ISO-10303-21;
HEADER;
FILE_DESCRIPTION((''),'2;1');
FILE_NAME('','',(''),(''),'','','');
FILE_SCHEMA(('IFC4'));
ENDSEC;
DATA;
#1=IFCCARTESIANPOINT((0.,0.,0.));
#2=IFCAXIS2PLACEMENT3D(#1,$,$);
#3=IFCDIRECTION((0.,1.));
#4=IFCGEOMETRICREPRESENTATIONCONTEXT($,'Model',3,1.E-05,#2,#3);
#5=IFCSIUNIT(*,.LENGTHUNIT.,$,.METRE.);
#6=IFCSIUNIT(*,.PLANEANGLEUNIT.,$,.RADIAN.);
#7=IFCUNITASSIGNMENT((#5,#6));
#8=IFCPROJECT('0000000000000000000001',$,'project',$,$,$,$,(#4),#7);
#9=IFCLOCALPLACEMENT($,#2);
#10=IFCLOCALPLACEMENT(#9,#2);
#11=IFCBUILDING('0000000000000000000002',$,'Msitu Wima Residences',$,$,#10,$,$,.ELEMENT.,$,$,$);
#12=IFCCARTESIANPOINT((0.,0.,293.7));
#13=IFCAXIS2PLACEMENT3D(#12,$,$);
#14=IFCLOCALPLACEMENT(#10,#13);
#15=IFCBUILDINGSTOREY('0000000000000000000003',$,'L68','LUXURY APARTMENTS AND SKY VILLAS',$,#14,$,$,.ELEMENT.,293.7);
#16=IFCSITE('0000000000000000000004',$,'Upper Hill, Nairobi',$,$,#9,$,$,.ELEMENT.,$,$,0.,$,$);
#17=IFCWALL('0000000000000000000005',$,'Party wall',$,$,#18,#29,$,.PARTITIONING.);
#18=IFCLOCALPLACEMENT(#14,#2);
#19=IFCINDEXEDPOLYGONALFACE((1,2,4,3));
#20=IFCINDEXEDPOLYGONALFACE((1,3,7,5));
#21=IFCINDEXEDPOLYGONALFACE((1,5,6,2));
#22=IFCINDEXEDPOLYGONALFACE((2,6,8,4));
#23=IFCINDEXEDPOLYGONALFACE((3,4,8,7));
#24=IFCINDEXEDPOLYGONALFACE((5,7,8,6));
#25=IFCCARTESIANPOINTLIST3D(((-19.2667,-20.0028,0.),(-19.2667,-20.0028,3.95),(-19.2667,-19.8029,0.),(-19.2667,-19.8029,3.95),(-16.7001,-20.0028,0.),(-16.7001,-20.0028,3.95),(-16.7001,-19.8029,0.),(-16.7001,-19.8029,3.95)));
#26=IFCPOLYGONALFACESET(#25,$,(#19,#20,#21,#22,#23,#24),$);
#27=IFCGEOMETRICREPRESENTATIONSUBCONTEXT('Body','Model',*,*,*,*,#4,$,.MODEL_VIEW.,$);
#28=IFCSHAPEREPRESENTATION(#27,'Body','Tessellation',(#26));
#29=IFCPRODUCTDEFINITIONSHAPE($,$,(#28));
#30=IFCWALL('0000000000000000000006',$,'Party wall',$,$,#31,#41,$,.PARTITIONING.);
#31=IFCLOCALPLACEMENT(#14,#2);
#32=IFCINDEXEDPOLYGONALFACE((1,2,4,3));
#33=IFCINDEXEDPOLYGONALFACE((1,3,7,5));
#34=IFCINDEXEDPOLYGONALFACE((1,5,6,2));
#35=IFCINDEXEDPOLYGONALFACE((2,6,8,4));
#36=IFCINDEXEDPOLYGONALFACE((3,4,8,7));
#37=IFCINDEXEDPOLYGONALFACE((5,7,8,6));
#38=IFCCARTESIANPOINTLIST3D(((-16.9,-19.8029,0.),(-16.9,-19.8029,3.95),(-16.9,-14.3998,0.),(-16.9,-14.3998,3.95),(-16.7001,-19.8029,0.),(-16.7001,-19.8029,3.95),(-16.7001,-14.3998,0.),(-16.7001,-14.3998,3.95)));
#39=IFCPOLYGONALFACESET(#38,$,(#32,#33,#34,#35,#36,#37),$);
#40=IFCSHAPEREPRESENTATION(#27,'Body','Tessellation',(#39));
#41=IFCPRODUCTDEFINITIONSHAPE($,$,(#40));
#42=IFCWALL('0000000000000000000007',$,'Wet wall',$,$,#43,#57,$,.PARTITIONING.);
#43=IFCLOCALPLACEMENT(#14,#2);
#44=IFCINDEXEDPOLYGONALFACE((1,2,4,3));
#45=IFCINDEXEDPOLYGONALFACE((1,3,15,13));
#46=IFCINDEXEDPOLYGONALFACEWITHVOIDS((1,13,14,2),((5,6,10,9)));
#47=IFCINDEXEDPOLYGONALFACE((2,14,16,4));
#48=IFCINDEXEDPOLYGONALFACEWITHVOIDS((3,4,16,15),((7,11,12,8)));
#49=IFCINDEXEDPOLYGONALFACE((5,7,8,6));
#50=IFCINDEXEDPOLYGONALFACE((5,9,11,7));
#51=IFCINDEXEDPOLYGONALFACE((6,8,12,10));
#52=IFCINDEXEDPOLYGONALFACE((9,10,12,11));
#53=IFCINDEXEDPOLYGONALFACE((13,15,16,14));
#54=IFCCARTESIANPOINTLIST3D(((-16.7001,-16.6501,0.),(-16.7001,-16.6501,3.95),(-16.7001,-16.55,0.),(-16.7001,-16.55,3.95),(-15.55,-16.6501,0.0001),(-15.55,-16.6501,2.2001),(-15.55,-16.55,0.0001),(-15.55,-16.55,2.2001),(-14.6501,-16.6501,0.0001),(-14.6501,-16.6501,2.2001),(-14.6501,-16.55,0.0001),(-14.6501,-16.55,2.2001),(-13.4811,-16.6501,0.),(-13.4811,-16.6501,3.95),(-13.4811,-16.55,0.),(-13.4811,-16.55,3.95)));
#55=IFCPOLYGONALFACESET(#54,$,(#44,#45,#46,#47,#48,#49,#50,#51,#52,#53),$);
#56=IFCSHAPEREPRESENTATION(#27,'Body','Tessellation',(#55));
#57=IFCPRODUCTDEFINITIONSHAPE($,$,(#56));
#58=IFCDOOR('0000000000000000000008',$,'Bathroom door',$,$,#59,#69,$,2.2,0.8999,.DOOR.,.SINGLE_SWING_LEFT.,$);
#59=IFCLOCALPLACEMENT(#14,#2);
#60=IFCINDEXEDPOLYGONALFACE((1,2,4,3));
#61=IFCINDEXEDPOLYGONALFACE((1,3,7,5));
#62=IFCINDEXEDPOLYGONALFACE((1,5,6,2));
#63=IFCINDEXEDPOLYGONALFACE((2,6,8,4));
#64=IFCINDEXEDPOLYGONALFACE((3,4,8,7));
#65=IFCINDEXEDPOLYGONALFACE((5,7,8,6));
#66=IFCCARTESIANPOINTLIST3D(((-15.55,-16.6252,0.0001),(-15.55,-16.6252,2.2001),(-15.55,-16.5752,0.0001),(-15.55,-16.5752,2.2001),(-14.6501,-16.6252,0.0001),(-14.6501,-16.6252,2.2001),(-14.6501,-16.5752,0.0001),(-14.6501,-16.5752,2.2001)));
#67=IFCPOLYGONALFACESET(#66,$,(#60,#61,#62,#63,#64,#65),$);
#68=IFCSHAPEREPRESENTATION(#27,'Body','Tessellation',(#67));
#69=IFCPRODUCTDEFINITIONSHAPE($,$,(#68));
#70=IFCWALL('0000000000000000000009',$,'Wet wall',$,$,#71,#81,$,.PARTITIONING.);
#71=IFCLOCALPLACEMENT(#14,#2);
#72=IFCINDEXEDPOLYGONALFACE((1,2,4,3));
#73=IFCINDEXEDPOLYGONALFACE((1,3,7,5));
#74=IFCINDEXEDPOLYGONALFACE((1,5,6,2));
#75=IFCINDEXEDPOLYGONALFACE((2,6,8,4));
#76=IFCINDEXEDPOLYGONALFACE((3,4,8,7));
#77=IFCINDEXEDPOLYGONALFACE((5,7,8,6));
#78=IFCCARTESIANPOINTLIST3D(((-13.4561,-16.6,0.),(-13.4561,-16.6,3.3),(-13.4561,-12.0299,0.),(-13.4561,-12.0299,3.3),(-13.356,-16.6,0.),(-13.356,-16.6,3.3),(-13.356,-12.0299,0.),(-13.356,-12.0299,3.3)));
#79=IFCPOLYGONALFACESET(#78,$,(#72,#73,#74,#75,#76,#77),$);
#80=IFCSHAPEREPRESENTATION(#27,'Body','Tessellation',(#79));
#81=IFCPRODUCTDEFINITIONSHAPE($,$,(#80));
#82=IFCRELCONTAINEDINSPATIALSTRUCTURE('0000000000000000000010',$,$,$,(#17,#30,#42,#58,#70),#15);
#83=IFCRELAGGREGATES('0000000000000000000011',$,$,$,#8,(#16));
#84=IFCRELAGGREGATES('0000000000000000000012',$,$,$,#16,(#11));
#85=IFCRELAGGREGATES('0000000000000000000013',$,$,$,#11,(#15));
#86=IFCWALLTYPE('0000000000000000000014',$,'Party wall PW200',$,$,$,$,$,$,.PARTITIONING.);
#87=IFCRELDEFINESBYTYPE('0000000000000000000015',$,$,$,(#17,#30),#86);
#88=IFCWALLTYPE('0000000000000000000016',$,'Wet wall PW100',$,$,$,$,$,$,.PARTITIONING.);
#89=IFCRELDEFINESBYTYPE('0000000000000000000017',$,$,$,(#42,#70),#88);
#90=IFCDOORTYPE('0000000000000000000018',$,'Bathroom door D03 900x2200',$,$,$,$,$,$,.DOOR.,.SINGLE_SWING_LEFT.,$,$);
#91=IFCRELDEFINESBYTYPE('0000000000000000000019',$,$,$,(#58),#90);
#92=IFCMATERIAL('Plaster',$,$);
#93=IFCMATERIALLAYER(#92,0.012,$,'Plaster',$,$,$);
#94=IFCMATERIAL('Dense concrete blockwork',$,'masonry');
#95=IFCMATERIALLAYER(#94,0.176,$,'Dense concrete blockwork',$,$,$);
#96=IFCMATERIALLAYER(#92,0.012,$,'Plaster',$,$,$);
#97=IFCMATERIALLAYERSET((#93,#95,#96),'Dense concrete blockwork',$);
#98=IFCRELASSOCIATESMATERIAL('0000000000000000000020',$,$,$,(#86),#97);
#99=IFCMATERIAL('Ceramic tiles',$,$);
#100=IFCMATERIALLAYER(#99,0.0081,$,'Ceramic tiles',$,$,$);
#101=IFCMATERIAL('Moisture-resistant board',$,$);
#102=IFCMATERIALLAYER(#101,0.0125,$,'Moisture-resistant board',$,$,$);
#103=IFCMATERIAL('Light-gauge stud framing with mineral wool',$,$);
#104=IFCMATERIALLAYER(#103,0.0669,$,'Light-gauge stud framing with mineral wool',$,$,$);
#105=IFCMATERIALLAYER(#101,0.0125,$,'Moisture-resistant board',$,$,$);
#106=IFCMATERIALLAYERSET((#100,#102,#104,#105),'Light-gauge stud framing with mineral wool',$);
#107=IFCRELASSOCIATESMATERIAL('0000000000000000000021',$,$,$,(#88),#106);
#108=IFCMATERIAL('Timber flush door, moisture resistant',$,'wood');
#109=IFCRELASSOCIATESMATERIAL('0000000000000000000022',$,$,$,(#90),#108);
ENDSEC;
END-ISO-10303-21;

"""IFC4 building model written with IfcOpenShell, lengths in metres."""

from ifc_helpers import new_model, si_unit, direction, frame, frame_2d, origin, place, context, subcontext, project, spatial, rectangle, extrude, material, layer, layer_set, type_object, element, fill, save


model = new_model("IFC4")

# Units and contexts
model_context = context("Model", 3, precision=1e-05, world=origin(), true_north=direction((0.0, 1.0)))
body_context = subcontext(model_context, "Body", "Model", "MODEL_VIEW")
ifc_project = project(units=[si_unit("LENGTHUNIT", "METRE"), si_unit("PLANEANGLEUNIT", "RADIAN")], contexts=[model_context])

# Site, building, storey
site_placement = place(None, origin())
site = spatial("IfcSite", under=ifc_project, at=site_placement, Name="Upper Hill, Nairobi", CompositionType="ELEMENT", RefElevation=0.0)
building_placement = place(site_placement, origin())
building = spatial("IfcBuilding", under=site, at=building_placement, Name="Msitu Wima Residences", CompositionType="ELEMENT")
storey_placement = place(building_placement, frame((0.0, 0.0, 293.7)))
storey = spatial("IfcBuildingStorey", under=building, at=storey_placement, Name="L68", Description="LUXURY APARTMENTS AND SKY VILLAS", CompositionType="ELEMENT", Elevation=293.7)

# Shared definitions
ifc_material_1 = material(Name="Plaster")

# Walls
ifc_layer_1 = layer(ifc_material_1, 0.012, Name="Plaster")
ifc_material_2 = material(Name="Dense concrete blockwork", Category="masonry")
ifc_layer_2 = layer(ifc_material_2, 0.176, Name="Dense concrete blockwork")
ifc_layer_3 = layer(ifc_material_1, 0.012, Name="Plaster")
ifc_layer_set_1 = layer_set([ifc_layer_1, ifc_layer_2, ifc_layer_3], Name="Dense concrete blockwork")
wall_type_1 = type_object("IfcWallType", Name="Party wall PW200", PredefinedType="PARTITIONING", material=ifc_layer_set_1)
wall_1_placement = place(storey_placement, frame((-19.2666, -19.9028, 0.0), z_axis=(0.0, 0.0, 1.0), x_axis=(1.0, 0.0, 0.0)))
element("IfcWall", 1, at=wall_1_placement, inside=storey, type_object=wall_type_1, Name="Party wall", PredefinedType="PARTITIONING", context=body_context, shape_type="SweptSolid", body=[
    extrude(rectangle(XDim=2.5667, YDim=0.2, at=frame_2d((1.2832, 0.0))), origin(), (0.0, 0.0, 1.0), 3.95),
])
wall_2_placement = place(storey_placement, frame((-16.8, -19.803, 0.0), z_axis=(0.0, 0.0, 1.0), x_axis=(0.0, 1.0, 0.0)))
element("IfcWall", 2, at=wall_2_placement, inside=storey, type_object=wall_type_1, Name="Party wall", PredefinedType="PARTITIONING", context=body_context, shape_type="SweptSolid", body=[
    extrude(rectangle(XDim=5.4031, YDim=0.2, at=frame_2d((2.7017, 0.0))), origin(), (0.0, 0.0, 1.0), 3.95),
])

# Wall, opening, door
ifc_material_3 = material(Name="Ceramic tiles")
ifc_layer_4 = layer(ifc_material_3, 0.0081, Name="Ceramic tiles")
ifc_material_4 = material(Name="Moisture-resistant board")
ifc_layer_5 = layer(ifc_material_4, 0.0125, Name="Moisture-resistant board")
ifc_material_5 = material(Name="Light-gauge stud framing with mineral wool")
ifc_layer_6 = layer(ifc_material_5, 0.0669, Name="Light-gauge stud framing with mineral wool")
ifc_layer_7 = layer(ifc_material_4, 0.0125, Name="Moisture-resistant board")
ifc_layer_set_2 = layer_set([ifc_layer_4, ifc_layer_5, ifc_layer_6, ifc_layer_7], Name="Light-gauge stud framing with mineral wool")
wall_type_2 = type_object("IfcWallType", Name="Wet wall PW100", PredefinedType="PARTITIONING", material=ifc_layer_set_2)
wall_3_placement = place(storey_placement, frame((-16.7, -16.6001, 0.0), z_axis=(0.0, 0.0, 1.0), x_axis=(1.0, 0.0, 0.0)))
wall_3 = element("IfcWall", 3, at=wall_3_placement, inside=storey, type_object=wall_type_2, Name="Wet wall", PredefinedType="PARTITIONING", context=body_context, shape_type="SweptSolid", body=[
    extrude(rectangle(XDim=3.219, YDim=0.1001, at=frame_2d((1.6094, 0.0))), origin(), (0.0, 0.0, 1.0), 3.95),
])
opening_1_placement = place(wall_3_placement, frame((1.1499, 0.0, 0.0)))
opening_1 = element("IfcOpeningElement", 4, at=opening_1_placement, cuts=wall_3, PredefinedType="OPENING", context=body_context, shape_type="SweptSolid", body=[
    extrude(rectangle(XDim=0.8999, YDim=2.2, at=frame_2d((0.45, 1.1001))), frame((0.0, 0.0601, 0.0), z_axis=(0.0, -1.0, 0.0), x_axis=(1.0, 0.0, 0.0)), (0.0, 0.0, 1.0), 0.1201),
])
ifc_material_6 = material(Name="Timber flush door, moisture resistant", Category="wood")
door_type_1 = type_object("IfcDoorType", Name="Bathroom door D03 900x2200", OperationType="SINGLE_SWING_LEFT", PredefinedType="DOOR", material=ifc_material_6)
door_1_placement = place(opening_1_placement, origin())
door_1 = element("IfcDoor", 5, at=door_1_placement, inside=storey, type_object=door_type_1, Name="Bathroom door", OperationType="SINGLE_SWING_LEFT", OverallHeight=2.2, OverallWidth=0.8999, PredefinedType="DOOR", context=body_context, shape_type="SweptSolid", body=[
    extrude(rectangle(XDim=0.8999, YDim=2.2, at=frame_2d((0.45, 1.1001))), frame((0.0, 0.0249, 0.0), z_axis=(0.0, -1.0, 0.0), x_axis=(1.0, 0.0, 0.0)), (0.0, 0.0, 1.0), 0.05),
])
fill(opening_1, door_1)

# Wall
wall_4_placement = place(storey_placement, frame((-13.406, -16.6001, 0.0), z_axis=(0.0, 0.0, 1.0), x_axis=(0.0, 1.0, 0.0)))
element("IfcWall", 6, at=wall_4_placement, inside=storey, type_object=wall_type_2, Name="Wet wall", PredefinedType="PARTITIONING", context=body_context, shape_type="SweptSolid", body=[
    extrude(rectangle(XDim=4.5701, YDim=0.1001, at=frame_2d((2.2852, 0.0))), origin(), (0.0, 0.0, 1.0), 3.3),
])

save(model, "model.ifc")
